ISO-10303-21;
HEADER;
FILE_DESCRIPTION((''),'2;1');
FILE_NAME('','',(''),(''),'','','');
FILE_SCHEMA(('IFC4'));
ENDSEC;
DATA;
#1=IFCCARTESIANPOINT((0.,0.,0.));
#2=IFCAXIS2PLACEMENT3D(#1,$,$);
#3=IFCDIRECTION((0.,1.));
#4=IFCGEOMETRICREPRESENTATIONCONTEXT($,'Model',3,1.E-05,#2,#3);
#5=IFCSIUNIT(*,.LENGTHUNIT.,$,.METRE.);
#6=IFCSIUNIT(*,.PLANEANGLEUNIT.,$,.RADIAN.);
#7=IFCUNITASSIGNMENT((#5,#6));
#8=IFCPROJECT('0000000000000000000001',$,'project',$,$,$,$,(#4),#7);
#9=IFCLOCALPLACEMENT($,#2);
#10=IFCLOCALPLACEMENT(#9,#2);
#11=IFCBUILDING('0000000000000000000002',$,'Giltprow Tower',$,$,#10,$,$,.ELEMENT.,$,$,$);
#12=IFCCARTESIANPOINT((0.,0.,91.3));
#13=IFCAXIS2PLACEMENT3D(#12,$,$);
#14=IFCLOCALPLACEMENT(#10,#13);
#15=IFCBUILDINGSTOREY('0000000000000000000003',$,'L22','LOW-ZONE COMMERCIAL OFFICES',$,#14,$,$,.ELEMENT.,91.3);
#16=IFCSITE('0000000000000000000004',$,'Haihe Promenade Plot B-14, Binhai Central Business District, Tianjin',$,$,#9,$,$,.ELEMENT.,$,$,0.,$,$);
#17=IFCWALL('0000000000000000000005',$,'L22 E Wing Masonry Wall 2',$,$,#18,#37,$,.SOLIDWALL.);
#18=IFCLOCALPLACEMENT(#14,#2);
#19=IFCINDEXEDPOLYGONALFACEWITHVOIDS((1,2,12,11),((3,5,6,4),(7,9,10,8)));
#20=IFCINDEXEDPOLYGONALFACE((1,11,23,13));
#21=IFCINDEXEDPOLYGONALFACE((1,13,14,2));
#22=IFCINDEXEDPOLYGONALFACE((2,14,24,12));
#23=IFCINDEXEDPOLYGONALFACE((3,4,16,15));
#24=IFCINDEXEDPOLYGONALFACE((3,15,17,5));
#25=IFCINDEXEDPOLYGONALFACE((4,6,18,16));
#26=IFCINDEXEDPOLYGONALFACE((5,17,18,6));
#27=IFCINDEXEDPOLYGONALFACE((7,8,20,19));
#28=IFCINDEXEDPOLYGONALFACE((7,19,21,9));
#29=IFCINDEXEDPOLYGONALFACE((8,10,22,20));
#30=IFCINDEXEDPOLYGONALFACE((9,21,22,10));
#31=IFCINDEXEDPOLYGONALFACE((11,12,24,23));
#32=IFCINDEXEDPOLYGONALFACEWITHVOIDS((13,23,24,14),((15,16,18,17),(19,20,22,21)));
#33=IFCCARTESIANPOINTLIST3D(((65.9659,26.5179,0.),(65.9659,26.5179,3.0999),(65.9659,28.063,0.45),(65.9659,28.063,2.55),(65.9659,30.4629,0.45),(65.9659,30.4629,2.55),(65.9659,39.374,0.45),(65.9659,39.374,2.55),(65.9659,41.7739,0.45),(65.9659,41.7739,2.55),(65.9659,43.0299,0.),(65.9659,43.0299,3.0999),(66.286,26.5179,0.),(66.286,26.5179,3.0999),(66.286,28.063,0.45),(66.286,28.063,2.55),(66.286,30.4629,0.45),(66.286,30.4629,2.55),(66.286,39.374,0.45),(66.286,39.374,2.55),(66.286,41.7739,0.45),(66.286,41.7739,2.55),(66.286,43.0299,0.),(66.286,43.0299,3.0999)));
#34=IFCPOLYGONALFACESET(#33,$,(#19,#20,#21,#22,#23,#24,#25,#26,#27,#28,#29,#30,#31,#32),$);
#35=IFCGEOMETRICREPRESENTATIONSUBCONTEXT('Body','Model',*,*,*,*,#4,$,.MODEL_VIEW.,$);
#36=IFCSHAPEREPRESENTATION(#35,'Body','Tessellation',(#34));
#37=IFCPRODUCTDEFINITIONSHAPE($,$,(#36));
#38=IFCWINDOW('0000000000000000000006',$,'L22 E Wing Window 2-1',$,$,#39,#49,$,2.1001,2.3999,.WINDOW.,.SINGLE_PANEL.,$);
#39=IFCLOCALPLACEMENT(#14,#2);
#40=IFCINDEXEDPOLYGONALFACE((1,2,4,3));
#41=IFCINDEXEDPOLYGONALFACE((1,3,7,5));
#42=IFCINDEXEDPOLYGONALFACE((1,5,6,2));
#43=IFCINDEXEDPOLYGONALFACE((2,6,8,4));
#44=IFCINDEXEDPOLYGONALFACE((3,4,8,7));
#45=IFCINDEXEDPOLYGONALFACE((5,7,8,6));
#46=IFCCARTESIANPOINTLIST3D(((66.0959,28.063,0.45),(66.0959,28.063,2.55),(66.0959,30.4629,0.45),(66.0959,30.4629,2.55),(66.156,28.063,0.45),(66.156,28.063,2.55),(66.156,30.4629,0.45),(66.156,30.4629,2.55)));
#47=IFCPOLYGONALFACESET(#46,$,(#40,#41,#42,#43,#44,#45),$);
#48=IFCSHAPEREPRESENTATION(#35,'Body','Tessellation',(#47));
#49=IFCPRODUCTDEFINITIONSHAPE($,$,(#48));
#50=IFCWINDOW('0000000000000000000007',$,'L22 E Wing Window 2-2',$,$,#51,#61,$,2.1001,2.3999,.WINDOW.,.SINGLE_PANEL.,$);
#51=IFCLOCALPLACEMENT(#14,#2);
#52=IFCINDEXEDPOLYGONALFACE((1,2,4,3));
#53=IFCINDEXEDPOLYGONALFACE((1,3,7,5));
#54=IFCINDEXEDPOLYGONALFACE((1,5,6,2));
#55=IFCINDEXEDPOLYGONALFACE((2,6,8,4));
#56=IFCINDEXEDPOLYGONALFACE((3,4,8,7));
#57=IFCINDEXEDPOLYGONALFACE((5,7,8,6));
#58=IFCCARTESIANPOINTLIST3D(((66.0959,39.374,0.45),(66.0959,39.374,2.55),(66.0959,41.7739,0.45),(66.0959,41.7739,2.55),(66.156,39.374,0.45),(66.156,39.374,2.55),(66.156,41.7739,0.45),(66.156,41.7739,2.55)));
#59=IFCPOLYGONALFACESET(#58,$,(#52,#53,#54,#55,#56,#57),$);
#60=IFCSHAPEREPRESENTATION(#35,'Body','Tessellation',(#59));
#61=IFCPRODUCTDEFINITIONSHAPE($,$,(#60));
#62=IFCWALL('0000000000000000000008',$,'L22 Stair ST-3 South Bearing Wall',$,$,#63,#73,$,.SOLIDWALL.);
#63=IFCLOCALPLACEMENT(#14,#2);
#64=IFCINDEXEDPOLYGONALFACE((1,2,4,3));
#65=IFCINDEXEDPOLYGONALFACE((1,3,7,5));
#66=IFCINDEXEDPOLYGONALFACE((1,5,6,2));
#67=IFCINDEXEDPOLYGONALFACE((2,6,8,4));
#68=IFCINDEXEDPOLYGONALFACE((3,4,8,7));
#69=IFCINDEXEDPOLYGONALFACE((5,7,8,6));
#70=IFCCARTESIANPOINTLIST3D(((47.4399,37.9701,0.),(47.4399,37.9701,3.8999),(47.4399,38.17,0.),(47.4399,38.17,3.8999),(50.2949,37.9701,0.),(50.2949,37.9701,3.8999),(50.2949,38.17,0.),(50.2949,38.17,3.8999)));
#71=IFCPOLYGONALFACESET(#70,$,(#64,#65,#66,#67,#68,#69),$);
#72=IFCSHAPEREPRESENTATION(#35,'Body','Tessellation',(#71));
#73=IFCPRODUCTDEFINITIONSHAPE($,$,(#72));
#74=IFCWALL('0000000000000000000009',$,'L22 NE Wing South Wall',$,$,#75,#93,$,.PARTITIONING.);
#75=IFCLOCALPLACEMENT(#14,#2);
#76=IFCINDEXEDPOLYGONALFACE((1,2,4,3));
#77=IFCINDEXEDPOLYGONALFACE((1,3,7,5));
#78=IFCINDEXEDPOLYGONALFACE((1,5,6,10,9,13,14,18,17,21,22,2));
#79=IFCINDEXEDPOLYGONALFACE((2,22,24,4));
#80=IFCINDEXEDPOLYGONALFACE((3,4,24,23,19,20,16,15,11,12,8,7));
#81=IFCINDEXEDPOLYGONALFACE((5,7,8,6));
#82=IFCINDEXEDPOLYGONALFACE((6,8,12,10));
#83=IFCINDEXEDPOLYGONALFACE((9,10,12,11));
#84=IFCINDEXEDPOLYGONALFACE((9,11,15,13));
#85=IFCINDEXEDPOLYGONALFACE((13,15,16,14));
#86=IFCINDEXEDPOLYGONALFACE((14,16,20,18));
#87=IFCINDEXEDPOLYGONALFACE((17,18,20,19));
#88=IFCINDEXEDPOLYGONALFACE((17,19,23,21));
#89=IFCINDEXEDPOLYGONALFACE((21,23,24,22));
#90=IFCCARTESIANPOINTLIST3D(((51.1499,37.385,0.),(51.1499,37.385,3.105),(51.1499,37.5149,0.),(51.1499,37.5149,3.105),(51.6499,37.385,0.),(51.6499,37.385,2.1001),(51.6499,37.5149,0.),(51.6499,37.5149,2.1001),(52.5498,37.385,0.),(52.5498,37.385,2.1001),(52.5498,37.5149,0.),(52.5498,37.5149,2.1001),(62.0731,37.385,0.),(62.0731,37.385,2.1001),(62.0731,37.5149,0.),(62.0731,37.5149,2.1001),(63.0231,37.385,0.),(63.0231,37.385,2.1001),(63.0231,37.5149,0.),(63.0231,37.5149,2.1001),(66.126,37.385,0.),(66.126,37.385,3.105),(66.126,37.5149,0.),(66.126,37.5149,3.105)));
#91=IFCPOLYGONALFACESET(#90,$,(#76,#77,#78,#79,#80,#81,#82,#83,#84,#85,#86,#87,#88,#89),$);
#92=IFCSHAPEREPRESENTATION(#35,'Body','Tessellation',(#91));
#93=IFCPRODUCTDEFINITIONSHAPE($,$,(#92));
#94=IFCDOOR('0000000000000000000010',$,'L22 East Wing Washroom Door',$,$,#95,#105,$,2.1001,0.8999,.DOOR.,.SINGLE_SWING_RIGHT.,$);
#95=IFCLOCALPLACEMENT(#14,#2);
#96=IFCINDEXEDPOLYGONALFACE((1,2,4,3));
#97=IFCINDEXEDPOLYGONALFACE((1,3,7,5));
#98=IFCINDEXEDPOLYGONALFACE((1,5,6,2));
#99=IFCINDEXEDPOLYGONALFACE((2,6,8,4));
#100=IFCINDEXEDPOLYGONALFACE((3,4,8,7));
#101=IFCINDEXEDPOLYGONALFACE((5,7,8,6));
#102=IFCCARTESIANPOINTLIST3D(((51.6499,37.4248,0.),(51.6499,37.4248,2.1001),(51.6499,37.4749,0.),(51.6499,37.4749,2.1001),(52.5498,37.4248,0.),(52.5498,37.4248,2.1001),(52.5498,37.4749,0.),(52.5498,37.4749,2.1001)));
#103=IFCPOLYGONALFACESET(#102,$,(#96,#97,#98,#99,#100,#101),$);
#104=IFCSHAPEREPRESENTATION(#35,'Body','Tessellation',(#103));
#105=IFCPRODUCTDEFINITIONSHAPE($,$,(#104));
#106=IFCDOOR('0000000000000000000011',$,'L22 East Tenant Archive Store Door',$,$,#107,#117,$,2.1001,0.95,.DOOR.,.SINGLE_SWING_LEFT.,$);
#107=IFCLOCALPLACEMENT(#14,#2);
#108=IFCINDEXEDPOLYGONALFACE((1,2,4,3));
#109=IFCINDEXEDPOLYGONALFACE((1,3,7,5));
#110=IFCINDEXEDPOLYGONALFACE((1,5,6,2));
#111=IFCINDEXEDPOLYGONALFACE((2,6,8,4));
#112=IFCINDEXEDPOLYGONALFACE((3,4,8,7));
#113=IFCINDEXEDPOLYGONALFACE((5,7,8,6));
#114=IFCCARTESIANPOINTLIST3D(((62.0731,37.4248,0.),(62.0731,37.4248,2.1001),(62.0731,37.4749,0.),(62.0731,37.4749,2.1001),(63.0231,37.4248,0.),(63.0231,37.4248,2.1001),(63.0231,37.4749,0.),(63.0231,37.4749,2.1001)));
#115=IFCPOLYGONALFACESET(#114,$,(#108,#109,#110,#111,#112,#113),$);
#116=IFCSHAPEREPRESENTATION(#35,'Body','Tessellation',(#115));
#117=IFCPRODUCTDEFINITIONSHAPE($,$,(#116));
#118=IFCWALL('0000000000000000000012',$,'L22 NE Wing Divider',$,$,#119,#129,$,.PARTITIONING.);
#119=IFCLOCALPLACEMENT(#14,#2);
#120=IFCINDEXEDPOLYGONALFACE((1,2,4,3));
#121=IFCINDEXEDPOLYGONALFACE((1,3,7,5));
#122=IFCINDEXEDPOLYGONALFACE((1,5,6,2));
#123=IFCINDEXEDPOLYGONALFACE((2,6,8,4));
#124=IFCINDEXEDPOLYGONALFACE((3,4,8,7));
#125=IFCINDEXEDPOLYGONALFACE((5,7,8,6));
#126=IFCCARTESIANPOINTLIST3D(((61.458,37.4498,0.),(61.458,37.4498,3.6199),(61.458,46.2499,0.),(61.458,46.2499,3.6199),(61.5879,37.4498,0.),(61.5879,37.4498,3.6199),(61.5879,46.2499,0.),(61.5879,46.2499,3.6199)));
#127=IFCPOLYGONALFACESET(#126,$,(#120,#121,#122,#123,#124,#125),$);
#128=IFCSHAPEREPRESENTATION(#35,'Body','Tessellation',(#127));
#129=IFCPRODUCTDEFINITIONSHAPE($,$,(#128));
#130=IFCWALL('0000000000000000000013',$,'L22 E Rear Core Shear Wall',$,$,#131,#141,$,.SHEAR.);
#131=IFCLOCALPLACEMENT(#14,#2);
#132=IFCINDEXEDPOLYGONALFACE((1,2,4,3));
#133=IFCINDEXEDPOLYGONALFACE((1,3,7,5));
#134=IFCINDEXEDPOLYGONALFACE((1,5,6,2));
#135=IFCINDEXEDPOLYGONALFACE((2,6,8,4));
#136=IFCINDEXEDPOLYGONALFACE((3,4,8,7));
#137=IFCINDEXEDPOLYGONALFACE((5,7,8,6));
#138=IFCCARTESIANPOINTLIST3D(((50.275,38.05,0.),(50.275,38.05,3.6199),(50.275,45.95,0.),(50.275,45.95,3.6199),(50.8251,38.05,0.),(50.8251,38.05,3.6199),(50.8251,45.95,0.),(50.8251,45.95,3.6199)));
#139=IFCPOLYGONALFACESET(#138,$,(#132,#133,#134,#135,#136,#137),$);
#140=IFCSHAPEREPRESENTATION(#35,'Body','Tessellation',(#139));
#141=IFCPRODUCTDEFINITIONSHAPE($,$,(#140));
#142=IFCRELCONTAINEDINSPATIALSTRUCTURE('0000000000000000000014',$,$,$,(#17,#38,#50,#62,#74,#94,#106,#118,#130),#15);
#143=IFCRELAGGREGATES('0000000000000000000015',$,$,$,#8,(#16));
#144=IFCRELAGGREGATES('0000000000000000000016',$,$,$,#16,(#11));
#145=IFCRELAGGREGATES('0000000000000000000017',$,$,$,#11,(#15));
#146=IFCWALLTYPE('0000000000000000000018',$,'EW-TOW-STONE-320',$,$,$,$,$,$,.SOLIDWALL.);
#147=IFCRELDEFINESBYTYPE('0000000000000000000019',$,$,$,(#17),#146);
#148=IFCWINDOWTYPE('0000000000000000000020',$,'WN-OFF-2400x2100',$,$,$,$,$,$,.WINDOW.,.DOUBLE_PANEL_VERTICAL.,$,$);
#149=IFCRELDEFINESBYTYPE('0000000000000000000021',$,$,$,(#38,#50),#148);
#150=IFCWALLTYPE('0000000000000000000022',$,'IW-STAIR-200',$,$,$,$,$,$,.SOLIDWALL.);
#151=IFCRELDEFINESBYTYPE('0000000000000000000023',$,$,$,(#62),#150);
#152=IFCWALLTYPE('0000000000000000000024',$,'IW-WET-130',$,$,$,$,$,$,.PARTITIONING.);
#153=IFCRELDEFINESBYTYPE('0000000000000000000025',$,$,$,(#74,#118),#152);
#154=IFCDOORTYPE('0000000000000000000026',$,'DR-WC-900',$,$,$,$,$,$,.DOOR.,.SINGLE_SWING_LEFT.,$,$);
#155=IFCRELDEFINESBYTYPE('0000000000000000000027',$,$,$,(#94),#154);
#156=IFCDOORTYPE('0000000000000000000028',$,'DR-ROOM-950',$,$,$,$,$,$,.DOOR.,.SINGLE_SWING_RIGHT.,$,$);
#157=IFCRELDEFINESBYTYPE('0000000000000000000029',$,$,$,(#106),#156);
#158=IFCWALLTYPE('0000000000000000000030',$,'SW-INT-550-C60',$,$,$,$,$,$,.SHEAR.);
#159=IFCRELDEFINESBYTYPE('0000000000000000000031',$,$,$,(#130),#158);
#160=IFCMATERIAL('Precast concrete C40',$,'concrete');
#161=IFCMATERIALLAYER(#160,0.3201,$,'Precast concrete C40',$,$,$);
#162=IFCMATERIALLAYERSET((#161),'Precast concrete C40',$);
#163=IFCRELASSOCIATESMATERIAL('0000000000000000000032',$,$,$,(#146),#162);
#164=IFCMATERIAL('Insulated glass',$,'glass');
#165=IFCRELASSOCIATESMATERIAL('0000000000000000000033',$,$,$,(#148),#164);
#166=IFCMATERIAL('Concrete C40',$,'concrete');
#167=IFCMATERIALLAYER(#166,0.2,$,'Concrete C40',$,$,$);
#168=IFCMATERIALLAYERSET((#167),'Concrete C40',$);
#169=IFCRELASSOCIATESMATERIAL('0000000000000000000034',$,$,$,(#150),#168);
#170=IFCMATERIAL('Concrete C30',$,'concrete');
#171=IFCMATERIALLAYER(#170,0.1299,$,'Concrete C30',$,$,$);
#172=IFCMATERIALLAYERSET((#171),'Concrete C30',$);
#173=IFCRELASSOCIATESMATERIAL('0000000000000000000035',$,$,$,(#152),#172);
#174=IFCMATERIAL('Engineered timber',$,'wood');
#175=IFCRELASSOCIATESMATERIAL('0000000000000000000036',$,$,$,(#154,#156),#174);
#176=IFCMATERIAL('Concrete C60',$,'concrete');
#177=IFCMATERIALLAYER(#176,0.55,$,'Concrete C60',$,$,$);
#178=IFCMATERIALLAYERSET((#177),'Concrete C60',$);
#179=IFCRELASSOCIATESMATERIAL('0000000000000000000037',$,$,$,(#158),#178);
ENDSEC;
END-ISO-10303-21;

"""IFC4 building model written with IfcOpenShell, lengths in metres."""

from ifc_helpers import new_model, si_unit, direction, frame, frame_2d, origin, place, context, subcontext, project, spatial, rectangle, extrude, source, transform, mapped, material, layer, layer_set, type_object, element, fill, save


model = new_model("IFC4")

# Units and contexts
model_context = context("Model", 3, precision=1e-05, world=origin(), true_north=direction((0.0, 1.0)))
body_context = subcontext(model_context, "Body", "Model", "MODEL_VIEW")
ifc_project = project(units=[si_unit("LENGTHUNIT", "METRE"), si_unit("PLANEANGLEUNIT", "RADIAN")], contexts=[model_context])

# Site, building, storey
site_placement = place(None, origin())
site = spatial("IfcSite", under=ifc_project, at=site_placement, Name="Haihe Promenade Plot B-14, Binhai Central Business District, Tianjin", CompositionType="ELEMENT", RefElevation=0.0)
building_placement = place(site_placement, origin())
building = spatial("IfcBuilding", under=site, at=building_placement, Name="Giltprow Tower", CompositionType="ELEMENT")
storey_placement = place(building_placement, frame((0.0, 0.0, 91.3)))
storey = spatial("IfcBuildingStorey", under=building, at=storey_placement, Name="L22", Description="LOW-ZONE COMMERCIAL OFFICES", CompositionType="ELEMENT", Elevation=91.3)

# Shared definitions
ifc_material_1 = material(Name="Concrete C60", Category="concrete")

# Wall, openings, windows
ifc_material_2 = material(Name="Precast concrete C40", Category="concrete")
ifc_layer_1 = layer(ifc_material_2, 0.3201, Name="Precast concrete C40")
ifc_layer_set_1 = layer_set([ifc_layer_1], Name="Precast concrete C40")
wall_type_1 = type_object("IfcWallType", Name="EW-TOW-STONE-320", PredefinedType="SOLIDWALL", material=ifc_layer_set_1)
wall_1_placement = place(storey_placement, frame((66.126, 26.5181, 0.0), z_axis=(0.0, 0.0, 1.0), x_axis=(0.0, 1.0, 0.0)))
wall_1 = element("IfcWall", 1, at=wall_1_placement, inside=storey, type_object=wall_type_1, Name="L22 E Wing Masonry Wall 2", PredefinedType="SOLIDWALL", context=body_context, shape_type="SweptSolid", body=[
    extrude(rectangle(XDim=16.512, YDim=0.3201, at=frame_2d((8.2559, 0.0))), origin(), (0.0, 0.0, 1.0), 3.0999),
])
opening_1_placement = place(wall_1_placement, frame((1.5449, 0.0, 0.45)))
opening_1 = element("IfcOpeningElement", 2, at=opening_1_placement, cuts=wall_1, PredefinedType="OPENING", context=body_context, shape_type="SweptSolid", body=[
    extrude(rectangle(XDim=2.3999, YDim=2.1001, at=frame_2d((1.2, 1.05))), frame((0.0, 0.1699, 0.0), z_axis=(0.0, -1.0, 0.0), x_axis=(1.0, 0.0, 0.0)), (0.0, 0.0, 1.0), 0.3401),
])
opening_2_placement = place(wall_1_placement, frame((12.856, 0.0, 0.45)))
opening_2 = element("IfcOpeningElement", 3, at=opening_2_placement, cuts=wall_1, PredefinedType="OPENING", context=body_context, shape_type="SweptSolid", body=[
    extrude(rectangle(XDim=2.3999, YDim=2.1001, at=frame_2d((1.2, 1.05))), frame((0.0, 0.1699, 0.0), z_axis=(0.0, -1.0, 0.0), x_axis=(1.0, 0.0, 0.0)), (0.0, 0.0, 1.0), 0.3401),
])
ifc_material_3 = material(Name="Insulated glass", Category="glass")
window_type = type_object("IfcWindowType", Name="WN-OFF-2400x2100", PartitioningType="DOUBLE_PANEL_VERTICAL", PredefinedType="WINDOW", material=ifc_material_3)
shared_shape_1 = source(origin(), body_context, "Body", "SweptSolid", [
    extrude(rectangle(XDim=2.3999, YDim=2.1001, at=frame_2d((1.2, 1.05))), frame((0.0, 0.03, 0.0), z_axis=(0.0, -1.0, 0.0), x_axis=(1.0, 0.0, 0.0)), (0.0, 0.0, 1.0), 0.0601),
])
window_1_placement = place(opening_1_placement, origin())
window_1 = element("IfcWindow", 4, at=window_1_placement, inside=storey, type_object=window_type, Name="L22 E Wing Window 2-1", OverallHeight=2.1001, OverallWidth=2.3999, PartitioningType="SINGLE_PANEL", PredefinedType="WINDOW", context=body_context, shape_type="MappedRepresentation", body=[
    mapped(shared_shape_1, transform((0.0, 0.0, 0.0), x_axis=(1.0, 0.0, 0.0), y_axis=(0.0, 1.0, 0.0), z_axis=(0.0, 0.0, 1.0), scale=1.0)),
])
fill(opening_1, window_1)
window_2_placement = place(opening_2_placement, origin())
window_2 = element("IfcWindow", 5, at=window_2_placement, inside=storey, type_object=window_type, Name="L22 E Wing Window 2-2", OverallHeight=2.1001, OverallWidth=2.3999, PartitioningType="SINGLE_PANEL", PredefinedType="WINDOW", context=body_context, shape_type="MappedRepresentation", body=[
    mapped(shared_shape_1, transform((0.0, 0.0, 0.0), x_axis=(1.0, 0.0, 0.0), y_axis=(0.0, 1.0, 0.0), z_axis=(0.0, 0.0, 1.0), scale=1.0)),
])
fill(opening_2, window_2)

# Wall
ifc_material_4 = material(Name="Concrete C40", Category="concrete")
ifc_layer_2 = layer(ifc_material_4, 0.2, Name="Concrete C40")
ifc_layer_set_2 = layer_set([ifc_layer_2], Name="Concrete C40")
wall_type_2 = type_object("IfcWallType", Name="IW-STAIR-200", PredefinedType="SOLIDWALL", material=ifc_layer_set_2)
wall_2_placement = place(storey_placement, frame((47.4399, 38.0701, 0.0), z_axis=(0.0, 0.0, 1.0), x_axis=(1.0, 0.0, 0.0)))
element("IfcWall", 6, at=wall_2_placement, inside=storey, type_object=wall_type_2, Name="L22 Stair ST-3 South Bearing Wall", PredefinedType="SOLIDWALL", context=body_context, shape_type="SweptSolid", body=[
    extrude(rectangle(XDim=2.855, YDim=0.2, at=frame_2d((1.4275, 0.0))), origin(), (0.0, 0.0, 1.0), 3.8999),
])

# Wall, openings, doors
ifc_material_5 = material(Name="Concrete C30", Category="concrete")
ifc_layer_3 = layer(ifc_material_5, 0.1299, Name="Concrete C30")
ifc_layer_set_3 = layer_set([ifc_layer_3], Name="Concrete C30")
wall_type_3 = type_object("IfcWallType", Name="IW-WET-130", PredefinedType="PARTITIONING", material=ifc_layer_set_3)
wall_3_placement = place(storey_placement, frame((51.1499, 37.45, 0.0), z_axis=(0.0, 0.0, 1.0), x_axis=(1.0, 0.0, 0.0)))
wall_3 = element("IfcWall", 7, at=wall_3_placement, inside=storey, type_object=wall_type_3, Name="L22 NE Wing South Wall", PredefinedType="PARTITIONING", context=body_context, shape_type="SweptSolid", body=[
    extrude(rectangle(XDim=14.9761, YDim=0.1299, at=frame_2d((7.488, 0.0))), origin(), (0.0, 0.0, 1.0), 3.105),
])
opening_3_placement = place(wall_3_placement, frame((0.5, 0.0, 0.0)))
opening_3 = element("IfcOpeningElement", 8, at=opening_3_placement, cuts=wall_3, PredefinedType="OPENING", context=body_context, shape_type="SweptSolid", body=[
    extrude(rectangle(XDim=0.8999, YDim=2.1001, at=frame_2d((0.45, 1.05))), frame((0.0, 0.075, 0.0), z_axis=(0.0, -1.0, 0.0), x_axis=(1.0, 0.0, 0.0)), (0.0, 0.0, 1.0), 0.1499),
])
opening_4_placement = place(wall_3_placement, frame((10.9231, 0.0, 0.0)))
opening_4 = element("IfcOpeningElement", 9, at=opening_4_placement, cuts=wall_3, PredefinedType="OPENING", context=body_context, shape_type="SweptSolid", body=[
    extrude(rectangle(XDim=0.95, YDim=2.1001, at=frame_2d((0.4751, 1.05))), frame((0.0, 0.075, 0.0), z_axis=(0.0, -1.0, 0.0), x_axis=(1.0, 0.0, 0.0)), (0.0, 0.0, 1.0), 0.1499),
])
ifc_material_6 = material(Name="Engineered timber", Category="wood")
door_type_1 = type_object("IfcDoorType", Name="DR-WC-900", OperationType="SINGLE_SWING_LEFT", PredefinedType="DOOR", material=ifc_material_6)
shared_shape_2 = source(origin(), body_context, "Body", "SweptSolid", [
    extrude(rectangle(XDim=0.8999, YDim=2.1001, at=frame_2d((0.45, 1.05))), frame((0.0, 0.0249, 0.0), z_axis=(0.0, -1.0, 0.0), x_axis=(1.0, 0.0, 0.0)), (0.0, 0.0, 1.0), 0.05),
])
door_1_placement = place(opening_3_placement, origin())
door_1 = element("IfcDoor", 10, at=door_1_placement, inside=storey, type_object=door_type_1, Name="L22 East Wing Washroom Door", OperationType="SINGLE_SWING_RIGHT", OverallHeight=2.1001, OverallWidth=0.8999, PredefinedType="DOOR", context=body_context, shape_type="MappedRepresentation", body=[
    mapped(shared_shape_2, transform((0.0, 0.0, 0.0), x_axis=(1.0, 0.0, 0.0), y_axis=(0.0, 1.0, 0.0), z_axis=(0.0, 0.0, 1.0), scale=1.0)),
])
fill(opening_3, door_1)
door_type_2 = type_object("IfcDoorType", Name="DR-ROOM-950", OperationType="SINGLE_SWING_RIGHT", PredefinedType="DOOR", material=ifc_material_6)
shared_shape_3 = source(origin(), body_context, "Body", "SweptSolid", [
    extrude(rectangle(XDim=0.95, YDim=2.1001, at=frame_2d((0.4751, 1.05))), frame((0.0, 0.0249, 0.0), z_axis=(0.0, -1.0, 0.0), x_axis=(1.0, 0.0, 0.0)), (0.0, 0.0, 1.0), 0.05),
])
door_2_placement = place(opening_4_placement, origin())
door_2 = element("IfcDoor", 11, at=door_2_placement, inside=storey, type_object=door_type_2, Name="L22 East Tenant Archive Store Door", OperationType="SINGLE_SWING_LEFT", OverallHeight=2.1001, OverallWidth=0.95, PredefinedType="DOOR", context=body_context, shape_type="MappedRepresentation", body=[
    mapped(shared_shape_3, transform((0.0, 0.0, 0.0), x_axis=(1.0, 0.0, 0.0), y_axis=(0.0, 1.0, 0.0), z_axis=(0.0, 0.0, 1.0), scale=1.0)),
])
fill(opening_4, door_2)

# Walls
wall_4_placement = place(storey_placement, frame((61.5229, 37.45, 0.0), z_axis=(0.0, 0.0, 1.0), x_axis=(0.0, 1.0, 0.0)))
element("IfcWall", 12, at=wall_4_placement, inside=storey, type_object=wall_type_3, Name="L22 NE Wing Divider", PredefinedType="PARTITIONING", context=body_context, shape_type="SweptSolid", body=[
    extrude(rectangle(XDim=8.8, YDim=0.1299, at=frame_2d((4.3999, 0.0))), origin(), (0.0, 0.0, 1.0), 3.6199),
])
ifc_layer_4 = layer(ifc_material_1, 0.55, Name="Concrete C60")
ifc_layer_set_4 = layer_set([ifc_layer_4], Name="Concrete C60")
wall_type_4 = type_object("IfcWallType", Name="SW-INT-550-C60", PredefinedType="SHEAR", material=ifc_layer_set_4)
wall_5_placement = place(storey_placement, frame((50.55, 38.05, 0.0), z_axis=(0.0, 0.0, 1.0), x_axis=(0.0, 1.0, 0.0)))
element("IfcWall", 13, at=wall_5_placement, inside=storey, type_object=wall_type_4, Name="L22 E Rear Core Shear Wall", PredefinedType="SHEAR", context=body_context, shape_type="SweptSolid", body=[
    extrude(rectangle(XDim=7.8999, YDim=0.55, at=frame_2d((3.95, 0.0))), origin(), (0.0, 0.0, 1.0), 3.6199),
])

save(model, "model.ifc")
